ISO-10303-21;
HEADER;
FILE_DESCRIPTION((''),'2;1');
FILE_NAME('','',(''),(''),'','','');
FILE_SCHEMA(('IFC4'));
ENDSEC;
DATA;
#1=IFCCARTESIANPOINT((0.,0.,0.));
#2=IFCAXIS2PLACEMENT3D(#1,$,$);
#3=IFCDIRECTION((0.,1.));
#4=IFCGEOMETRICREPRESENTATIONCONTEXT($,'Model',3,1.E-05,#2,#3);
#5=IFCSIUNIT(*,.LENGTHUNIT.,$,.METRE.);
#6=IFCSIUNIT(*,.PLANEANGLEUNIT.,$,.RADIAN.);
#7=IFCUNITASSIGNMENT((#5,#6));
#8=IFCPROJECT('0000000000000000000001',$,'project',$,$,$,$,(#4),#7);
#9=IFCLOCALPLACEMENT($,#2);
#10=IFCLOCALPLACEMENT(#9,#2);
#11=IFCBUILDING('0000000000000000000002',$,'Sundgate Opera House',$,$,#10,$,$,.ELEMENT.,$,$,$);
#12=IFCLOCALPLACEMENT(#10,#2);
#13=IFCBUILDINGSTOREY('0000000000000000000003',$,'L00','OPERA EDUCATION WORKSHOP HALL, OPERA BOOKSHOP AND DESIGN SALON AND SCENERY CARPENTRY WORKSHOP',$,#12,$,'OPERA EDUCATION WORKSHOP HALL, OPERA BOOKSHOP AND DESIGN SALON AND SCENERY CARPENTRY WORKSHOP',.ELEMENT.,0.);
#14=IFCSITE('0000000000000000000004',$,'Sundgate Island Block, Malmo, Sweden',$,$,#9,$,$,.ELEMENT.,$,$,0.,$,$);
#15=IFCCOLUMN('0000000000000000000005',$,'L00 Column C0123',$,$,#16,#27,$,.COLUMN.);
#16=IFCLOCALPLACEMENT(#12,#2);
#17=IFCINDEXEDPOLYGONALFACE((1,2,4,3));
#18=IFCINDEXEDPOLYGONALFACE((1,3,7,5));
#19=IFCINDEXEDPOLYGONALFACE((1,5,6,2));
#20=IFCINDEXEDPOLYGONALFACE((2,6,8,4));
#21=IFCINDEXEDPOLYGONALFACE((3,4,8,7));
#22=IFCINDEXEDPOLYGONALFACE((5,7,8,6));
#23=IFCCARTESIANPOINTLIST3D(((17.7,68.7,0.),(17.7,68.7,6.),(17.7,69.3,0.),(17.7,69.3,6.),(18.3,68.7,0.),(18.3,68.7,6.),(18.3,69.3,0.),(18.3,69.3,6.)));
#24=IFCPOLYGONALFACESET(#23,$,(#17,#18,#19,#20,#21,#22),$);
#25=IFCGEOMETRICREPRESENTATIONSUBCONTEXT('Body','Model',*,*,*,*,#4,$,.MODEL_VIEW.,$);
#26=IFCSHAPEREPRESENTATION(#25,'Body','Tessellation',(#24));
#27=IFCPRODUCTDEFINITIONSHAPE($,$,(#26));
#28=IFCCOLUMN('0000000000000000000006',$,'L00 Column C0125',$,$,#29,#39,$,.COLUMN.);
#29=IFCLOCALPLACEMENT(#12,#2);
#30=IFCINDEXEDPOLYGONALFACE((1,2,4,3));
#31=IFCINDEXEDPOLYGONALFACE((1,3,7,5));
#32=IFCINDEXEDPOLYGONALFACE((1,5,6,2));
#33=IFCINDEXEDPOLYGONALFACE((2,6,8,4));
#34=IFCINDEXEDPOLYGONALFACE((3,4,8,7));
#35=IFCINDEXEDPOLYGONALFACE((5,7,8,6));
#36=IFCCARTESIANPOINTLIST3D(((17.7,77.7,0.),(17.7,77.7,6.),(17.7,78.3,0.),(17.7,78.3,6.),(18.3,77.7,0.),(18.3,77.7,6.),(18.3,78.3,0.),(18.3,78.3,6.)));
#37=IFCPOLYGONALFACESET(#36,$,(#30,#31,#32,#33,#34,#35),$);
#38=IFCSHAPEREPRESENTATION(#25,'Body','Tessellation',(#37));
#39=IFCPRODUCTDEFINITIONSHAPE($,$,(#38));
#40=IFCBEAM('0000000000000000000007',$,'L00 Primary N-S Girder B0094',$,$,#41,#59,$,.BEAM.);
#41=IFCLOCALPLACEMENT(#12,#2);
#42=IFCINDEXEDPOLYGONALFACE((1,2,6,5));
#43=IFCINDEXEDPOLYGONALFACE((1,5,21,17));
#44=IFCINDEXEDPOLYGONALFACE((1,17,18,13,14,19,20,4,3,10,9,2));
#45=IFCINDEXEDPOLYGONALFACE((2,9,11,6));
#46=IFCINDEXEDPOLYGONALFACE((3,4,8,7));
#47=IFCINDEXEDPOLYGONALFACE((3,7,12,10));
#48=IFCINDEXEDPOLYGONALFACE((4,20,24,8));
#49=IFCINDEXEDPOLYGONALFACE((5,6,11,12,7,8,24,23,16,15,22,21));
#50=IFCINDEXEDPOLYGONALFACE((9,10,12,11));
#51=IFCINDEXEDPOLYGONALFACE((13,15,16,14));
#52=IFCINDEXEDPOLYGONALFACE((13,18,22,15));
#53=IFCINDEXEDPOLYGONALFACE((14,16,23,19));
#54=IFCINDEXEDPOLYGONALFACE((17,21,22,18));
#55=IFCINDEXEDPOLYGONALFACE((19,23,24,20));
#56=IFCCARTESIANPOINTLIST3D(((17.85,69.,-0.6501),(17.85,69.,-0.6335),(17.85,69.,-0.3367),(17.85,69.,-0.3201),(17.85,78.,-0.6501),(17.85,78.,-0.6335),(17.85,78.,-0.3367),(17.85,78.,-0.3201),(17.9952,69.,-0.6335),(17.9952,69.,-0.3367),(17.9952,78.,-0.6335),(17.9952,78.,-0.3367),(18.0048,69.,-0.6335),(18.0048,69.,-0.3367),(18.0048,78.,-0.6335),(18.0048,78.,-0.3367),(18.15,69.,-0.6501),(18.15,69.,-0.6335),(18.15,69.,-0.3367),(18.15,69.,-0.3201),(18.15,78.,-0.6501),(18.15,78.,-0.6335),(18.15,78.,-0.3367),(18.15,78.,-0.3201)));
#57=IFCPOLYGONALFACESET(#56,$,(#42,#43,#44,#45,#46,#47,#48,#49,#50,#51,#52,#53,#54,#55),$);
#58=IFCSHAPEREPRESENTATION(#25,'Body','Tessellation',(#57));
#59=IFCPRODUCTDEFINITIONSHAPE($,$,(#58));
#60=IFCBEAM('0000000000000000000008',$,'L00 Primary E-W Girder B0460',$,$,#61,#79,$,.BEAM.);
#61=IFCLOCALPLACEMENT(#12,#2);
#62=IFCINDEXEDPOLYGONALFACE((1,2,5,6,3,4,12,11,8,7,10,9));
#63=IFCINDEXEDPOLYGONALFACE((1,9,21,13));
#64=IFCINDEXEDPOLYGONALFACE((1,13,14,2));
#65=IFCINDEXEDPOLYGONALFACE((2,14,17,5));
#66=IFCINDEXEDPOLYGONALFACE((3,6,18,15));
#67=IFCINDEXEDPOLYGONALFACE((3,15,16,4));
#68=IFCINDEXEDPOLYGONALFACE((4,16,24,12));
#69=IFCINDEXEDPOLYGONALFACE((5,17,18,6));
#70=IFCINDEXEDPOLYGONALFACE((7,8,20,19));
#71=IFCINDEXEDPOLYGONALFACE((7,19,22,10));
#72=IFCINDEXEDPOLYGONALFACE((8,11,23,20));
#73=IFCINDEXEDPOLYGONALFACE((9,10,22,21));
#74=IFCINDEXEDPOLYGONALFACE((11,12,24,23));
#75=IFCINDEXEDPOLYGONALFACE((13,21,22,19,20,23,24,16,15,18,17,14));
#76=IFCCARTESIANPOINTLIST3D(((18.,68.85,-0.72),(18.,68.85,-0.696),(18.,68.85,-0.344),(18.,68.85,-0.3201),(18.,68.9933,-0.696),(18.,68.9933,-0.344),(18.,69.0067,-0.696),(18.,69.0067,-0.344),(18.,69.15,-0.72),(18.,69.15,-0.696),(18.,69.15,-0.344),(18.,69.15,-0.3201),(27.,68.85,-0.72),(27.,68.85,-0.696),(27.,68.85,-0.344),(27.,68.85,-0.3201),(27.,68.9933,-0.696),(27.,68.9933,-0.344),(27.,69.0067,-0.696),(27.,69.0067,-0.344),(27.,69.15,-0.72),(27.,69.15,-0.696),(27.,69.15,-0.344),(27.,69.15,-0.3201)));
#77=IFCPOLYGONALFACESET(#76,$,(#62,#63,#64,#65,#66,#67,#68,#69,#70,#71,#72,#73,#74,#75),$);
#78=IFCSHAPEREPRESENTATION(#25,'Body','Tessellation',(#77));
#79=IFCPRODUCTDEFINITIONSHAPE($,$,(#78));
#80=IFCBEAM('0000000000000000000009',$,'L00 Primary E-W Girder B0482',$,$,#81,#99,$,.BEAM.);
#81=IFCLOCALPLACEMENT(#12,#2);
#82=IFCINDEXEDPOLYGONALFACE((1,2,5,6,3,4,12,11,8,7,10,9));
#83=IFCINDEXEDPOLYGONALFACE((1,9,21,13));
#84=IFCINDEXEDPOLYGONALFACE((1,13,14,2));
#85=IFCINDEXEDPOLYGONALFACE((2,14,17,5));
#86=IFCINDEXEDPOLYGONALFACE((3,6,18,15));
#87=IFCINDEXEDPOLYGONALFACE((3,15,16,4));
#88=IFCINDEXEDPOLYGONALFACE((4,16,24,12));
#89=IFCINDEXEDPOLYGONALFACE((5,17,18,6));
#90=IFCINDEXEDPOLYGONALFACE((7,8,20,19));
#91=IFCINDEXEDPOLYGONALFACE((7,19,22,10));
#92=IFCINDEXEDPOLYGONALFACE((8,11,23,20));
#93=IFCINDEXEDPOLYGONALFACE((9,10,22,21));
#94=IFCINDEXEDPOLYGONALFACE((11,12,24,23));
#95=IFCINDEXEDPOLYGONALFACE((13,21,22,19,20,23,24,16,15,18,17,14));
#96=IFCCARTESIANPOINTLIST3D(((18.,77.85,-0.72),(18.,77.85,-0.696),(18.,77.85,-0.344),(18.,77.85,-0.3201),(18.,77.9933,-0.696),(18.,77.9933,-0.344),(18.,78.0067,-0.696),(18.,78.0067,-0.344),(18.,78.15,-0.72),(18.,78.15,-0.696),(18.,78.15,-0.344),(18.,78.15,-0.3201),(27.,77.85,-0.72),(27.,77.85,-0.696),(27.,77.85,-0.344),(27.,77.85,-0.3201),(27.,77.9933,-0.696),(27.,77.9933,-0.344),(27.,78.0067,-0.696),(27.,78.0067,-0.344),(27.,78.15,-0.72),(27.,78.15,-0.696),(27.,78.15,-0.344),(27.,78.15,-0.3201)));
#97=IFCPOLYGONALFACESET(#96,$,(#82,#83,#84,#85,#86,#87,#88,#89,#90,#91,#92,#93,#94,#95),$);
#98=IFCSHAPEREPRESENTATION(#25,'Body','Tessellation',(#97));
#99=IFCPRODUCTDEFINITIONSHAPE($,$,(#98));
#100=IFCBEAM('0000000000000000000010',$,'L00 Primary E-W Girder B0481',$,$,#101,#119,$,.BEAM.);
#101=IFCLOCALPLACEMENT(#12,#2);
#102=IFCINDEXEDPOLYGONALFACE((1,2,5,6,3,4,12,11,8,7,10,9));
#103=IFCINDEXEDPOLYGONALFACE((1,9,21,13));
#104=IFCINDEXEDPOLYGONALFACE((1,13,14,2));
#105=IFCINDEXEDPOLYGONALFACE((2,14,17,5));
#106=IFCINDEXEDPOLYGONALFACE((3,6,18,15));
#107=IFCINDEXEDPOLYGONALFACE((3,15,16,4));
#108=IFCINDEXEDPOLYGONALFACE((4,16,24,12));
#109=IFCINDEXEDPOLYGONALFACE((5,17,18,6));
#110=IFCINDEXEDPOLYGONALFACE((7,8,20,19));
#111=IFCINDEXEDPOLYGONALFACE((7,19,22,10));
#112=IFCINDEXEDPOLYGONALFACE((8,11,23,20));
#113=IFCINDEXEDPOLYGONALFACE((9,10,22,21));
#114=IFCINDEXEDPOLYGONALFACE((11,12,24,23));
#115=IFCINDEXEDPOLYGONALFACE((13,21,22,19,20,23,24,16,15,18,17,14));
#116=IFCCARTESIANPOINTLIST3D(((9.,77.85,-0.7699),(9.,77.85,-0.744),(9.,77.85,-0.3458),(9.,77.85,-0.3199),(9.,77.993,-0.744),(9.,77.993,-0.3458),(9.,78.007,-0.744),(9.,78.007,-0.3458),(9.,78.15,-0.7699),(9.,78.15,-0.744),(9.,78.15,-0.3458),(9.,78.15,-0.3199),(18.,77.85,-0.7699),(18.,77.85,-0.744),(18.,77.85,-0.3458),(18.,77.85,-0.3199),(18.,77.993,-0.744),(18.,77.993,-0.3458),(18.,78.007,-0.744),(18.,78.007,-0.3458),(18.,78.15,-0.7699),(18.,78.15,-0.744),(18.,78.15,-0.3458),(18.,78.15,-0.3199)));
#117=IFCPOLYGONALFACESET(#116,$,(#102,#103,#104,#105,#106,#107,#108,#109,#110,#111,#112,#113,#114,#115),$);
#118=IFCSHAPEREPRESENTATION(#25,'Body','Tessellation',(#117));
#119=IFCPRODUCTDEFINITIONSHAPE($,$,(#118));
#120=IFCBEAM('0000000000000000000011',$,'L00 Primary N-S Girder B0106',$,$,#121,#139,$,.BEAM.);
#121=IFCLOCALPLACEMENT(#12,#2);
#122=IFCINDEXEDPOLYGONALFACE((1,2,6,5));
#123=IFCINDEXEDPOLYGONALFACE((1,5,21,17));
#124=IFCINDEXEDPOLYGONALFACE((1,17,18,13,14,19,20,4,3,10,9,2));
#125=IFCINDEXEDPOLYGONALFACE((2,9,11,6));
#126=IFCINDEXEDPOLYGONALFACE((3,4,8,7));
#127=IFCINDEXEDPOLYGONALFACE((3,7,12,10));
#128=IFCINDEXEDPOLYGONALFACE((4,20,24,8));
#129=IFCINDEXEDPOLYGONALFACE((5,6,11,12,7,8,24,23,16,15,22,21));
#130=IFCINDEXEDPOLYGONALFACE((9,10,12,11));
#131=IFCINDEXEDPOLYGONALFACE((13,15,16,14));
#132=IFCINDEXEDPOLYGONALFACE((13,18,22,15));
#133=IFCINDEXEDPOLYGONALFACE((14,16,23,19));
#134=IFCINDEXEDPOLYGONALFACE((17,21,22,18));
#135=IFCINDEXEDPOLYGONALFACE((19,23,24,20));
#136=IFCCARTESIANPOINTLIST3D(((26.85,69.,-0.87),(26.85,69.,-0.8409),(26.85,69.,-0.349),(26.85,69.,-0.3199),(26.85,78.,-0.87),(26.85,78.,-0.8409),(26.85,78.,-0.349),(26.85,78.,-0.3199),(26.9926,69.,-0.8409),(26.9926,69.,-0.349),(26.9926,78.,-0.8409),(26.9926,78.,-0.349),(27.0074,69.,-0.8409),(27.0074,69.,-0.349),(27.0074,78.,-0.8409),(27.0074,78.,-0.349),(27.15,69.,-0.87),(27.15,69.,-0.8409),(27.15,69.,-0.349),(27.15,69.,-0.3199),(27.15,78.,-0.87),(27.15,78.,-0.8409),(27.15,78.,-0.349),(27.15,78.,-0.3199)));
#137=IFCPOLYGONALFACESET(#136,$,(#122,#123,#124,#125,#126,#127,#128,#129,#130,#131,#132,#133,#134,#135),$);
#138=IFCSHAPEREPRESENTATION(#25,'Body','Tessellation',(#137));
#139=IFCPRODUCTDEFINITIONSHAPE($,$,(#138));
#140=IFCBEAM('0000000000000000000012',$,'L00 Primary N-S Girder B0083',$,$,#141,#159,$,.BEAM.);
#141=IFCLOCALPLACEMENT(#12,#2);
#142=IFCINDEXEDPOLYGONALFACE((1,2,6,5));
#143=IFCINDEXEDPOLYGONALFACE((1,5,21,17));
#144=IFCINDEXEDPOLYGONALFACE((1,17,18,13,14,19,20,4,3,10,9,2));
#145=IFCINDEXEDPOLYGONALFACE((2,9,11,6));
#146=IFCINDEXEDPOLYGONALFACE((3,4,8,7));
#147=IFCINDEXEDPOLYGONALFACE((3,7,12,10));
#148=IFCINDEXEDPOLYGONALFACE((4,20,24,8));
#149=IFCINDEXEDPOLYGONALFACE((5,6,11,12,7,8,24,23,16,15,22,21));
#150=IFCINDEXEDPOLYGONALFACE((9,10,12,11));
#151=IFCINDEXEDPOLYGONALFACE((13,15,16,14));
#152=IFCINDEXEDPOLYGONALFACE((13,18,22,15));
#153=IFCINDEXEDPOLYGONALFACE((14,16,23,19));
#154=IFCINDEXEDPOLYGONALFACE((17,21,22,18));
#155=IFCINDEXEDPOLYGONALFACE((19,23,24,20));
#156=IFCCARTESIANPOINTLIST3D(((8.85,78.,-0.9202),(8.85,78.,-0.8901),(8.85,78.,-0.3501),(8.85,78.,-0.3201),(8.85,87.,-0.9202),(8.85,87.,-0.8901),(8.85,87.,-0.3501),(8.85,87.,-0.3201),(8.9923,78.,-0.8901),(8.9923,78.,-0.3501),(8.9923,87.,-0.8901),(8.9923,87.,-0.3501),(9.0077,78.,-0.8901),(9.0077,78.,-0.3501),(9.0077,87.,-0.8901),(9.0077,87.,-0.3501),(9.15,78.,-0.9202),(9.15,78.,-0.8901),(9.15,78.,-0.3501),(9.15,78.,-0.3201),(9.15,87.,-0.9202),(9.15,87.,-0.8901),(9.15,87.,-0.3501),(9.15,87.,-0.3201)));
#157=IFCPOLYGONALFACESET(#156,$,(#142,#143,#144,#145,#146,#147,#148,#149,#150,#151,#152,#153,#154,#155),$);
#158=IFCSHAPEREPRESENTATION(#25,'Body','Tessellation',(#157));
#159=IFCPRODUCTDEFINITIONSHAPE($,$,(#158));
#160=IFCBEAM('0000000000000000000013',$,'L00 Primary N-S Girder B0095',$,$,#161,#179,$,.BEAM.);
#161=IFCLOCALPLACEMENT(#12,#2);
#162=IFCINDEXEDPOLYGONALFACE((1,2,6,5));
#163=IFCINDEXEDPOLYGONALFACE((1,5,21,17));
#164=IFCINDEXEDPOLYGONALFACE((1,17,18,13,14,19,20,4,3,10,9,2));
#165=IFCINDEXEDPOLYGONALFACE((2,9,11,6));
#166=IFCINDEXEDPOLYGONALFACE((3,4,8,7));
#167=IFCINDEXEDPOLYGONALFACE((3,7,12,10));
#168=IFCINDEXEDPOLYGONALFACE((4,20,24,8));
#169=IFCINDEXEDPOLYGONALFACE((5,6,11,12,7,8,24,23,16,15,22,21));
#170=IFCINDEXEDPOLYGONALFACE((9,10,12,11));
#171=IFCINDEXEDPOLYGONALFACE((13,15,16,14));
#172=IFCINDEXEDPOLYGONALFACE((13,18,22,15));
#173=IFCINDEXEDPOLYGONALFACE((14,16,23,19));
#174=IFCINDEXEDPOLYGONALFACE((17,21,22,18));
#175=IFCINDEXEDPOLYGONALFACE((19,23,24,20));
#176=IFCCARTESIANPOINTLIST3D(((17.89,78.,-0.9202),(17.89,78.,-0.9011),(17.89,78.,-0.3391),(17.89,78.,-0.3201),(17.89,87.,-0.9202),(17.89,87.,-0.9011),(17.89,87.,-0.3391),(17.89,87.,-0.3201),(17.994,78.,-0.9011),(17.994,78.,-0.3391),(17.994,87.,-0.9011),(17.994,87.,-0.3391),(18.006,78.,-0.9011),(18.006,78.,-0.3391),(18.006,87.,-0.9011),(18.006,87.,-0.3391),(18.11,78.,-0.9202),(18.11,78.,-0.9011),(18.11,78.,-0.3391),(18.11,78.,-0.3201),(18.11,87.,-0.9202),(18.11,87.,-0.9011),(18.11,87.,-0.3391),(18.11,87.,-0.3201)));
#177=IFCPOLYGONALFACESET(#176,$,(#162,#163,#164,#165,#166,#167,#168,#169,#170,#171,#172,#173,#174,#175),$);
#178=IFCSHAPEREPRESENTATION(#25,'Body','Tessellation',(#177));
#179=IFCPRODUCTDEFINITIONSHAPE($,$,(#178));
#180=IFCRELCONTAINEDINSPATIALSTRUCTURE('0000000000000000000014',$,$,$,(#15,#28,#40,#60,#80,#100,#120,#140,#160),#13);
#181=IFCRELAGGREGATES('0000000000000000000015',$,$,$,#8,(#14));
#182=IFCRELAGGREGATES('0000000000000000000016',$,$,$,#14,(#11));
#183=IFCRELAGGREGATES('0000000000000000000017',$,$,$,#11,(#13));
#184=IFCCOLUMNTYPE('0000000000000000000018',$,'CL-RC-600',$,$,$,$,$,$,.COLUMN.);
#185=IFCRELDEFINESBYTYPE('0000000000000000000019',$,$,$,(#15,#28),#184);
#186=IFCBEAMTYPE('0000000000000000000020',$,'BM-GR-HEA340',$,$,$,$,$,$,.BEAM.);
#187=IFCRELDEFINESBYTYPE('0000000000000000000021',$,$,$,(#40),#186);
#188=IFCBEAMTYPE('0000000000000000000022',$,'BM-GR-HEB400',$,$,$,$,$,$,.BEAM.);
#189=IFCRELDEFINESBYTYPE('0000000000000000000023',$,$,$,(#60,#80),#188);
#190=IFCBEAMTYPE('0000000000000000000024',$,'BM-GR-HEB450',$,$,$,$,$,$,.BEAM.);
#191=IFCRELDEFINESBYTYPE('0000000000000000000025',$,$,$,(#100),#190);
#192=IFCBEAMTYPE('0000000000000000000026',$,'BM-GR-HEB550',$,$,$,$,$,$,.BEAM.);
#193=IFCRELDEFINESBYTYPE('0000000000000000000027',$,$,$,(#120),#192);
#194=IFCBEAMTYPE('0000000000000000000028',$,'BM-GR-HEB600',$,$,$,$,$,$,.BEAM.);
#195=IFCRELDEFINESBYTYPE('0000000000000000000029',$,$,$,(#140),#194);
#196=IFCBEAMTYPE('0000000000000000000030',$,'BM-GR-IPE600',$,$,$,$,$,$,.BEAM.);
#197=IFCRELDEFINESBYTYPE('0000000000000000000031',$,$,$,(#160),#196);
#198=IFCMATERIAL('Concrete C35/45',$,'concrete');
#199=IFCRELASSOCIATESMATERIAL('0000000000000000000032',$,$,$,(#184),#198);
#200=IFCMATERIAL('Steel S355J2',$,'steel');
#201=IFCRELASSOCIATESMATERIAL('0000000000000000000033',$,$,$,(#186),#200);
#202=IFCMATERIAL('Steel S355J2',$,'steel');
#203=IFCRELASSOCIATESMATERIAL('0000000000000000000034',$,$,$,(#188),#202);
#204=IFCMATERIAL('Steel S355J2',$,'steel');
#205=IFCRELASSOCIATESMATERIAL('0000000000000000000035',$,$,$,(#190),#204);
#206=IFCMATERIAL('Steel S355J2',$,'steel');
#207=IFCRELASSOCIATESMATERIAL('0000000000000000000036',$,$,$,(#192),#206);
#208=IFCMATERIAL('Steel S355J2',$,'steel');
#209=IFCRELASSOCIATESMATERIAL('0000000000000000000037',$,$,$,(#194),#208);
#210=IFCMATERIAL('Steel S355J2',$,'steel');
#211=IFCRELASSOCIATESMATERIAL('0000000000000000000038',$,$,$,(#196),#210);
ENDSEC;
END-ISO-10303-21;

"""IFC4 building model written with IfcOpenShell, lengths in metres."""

from ifc_helpers import new_model, si_unit, direction, frame, origin, origin_2d, place, context, subcontext, project, spatial, rectangle, i_section, extrude, material, material_profile, profile_set, type_object, element, save


model = new_model("IFC4")

# Units and contexts
model_context = context("Model", 3, precision=1e-05, world=origin(), true_north=direction((0.0, 1.0)))
body_context = subcontext(model_context, "Body", "Model", "MODEL_VIEW")
ifc_project = project(units=[si_unit("LENGTHUNIT", "METRE"), si_unit("PLANEANGLEUNIT", "RADIAN")], contexts=[model_context])

# Site, building, storey
site_placement = place(None, origin())
site = spatial("IfcSite", under=ifc_project, at=site_placement, Name="Sundgate Island Block, Malmo, Sweden", CompositionType="ELEMENT", RefElevation=0.0)
building_placement = place(site_placement, origin())
building = spatial("IfcBuilding", under=site, at=building_placement, Name="Sundgate Opera House", CompositionType="ELEMENT")
storey_placement = place(building_placement, origin())
storey = spatial("IfcBuildingStorey", under=building, at=storey_placement, Name="L00", Description="OPERA EDUCATION WORKSHOP HALL, OPERA BOOKSHOP AND DESIGN SALON AND SCENERY CARPENTRY WORKSHOP", LongName="OPERA EDUCATION WORKSHOP HALL, OPERA BOOKSHOP AND DESIGN SALON AND SCENERY CARPENTRY WORKSHOP", CompositionType="ELEMENT", Elevation=0.0)

# Columns
ifc_material_1 = material(Name="Concrete C35/45", Category="concrete")
ifc_material_profile_1 = material_profile(ifc_material_1, rectangle(XDim=0.6001, YDim=0.6001, at=origin_2d()), Name="RC 600x600")
ifc_profile_set_1 = profile_set([ifc_material_profile_1], Name="Concrete C35/45")
column_type = type_object("IfcColumnType", Name="CL-RC-600", PredefinedType="COLUMN", material=ifc_profile_set_1)
for number, where, z_axis, x_axis, name in (
    (1, (18.0, 69.0, 0.0), (0.0, 0.0, 1.0), (1.0, 0.0, 0.0), "L00 Column C0123"),
    (2, (18.0, 78.0, 0.0), (0.0, 0.0, 1.0), (1.0, 0.0, 0.0), "L00 Column C0125"),
):
    element("IfcColumn", number, at=place(storey_placement, frame(where, z_axis=z_axis, x_axis=x_axis)), inside=storey, type_object=column_type, Name=name, PredefinedType="COLUMN", context=body_context, shape_type="SweptSolid", body=[
        extrude(rectangle(XDim=0.6001, YDim=0.6001, at=origin_2d()), origin(), (0.0, 0.0, 1.0), 6.0),
    ])

# Beams
ifc_material_2 = material(Name="Steel S355J2", Category="steel")
ifc_material_profile_2 = material_profile(ifc_material_2, i_section(OverallWidth=0.3, OverallDepth=0.3301, WebThickness=0.0095, FlangeThickness=0.0166, at=origin_2d()), Name="HEA 340")
ifc_profile_set_2 = profile_set([ifc_material_profile_2], Name="Steel S355J2")
beam_type_1 = type_object("IfcBeamType", Name="BM-GR-HEA340", PredefinedType="BEAM", material=ifc_profile_set_2)
beam_1_placement = place(storey_placement, frame((18.0, 69.0, -0.4851), z_axis=(0.0, 1.0, 0.0), x_axis=(-1.0, 0.0, 0.0)))
element("IfcBeam", 3, at=beam_1_placement, inside=storey, type_object=beam_type_1, Name="L00 Primary N-S Girder B0094", PredefinedType="BEAM", context=body_context, shape_type="SweptSolid", body=[
    extrude(i_section(OverallWidth=0.3, OverallDepth=0.3301, WebThickness=0.0095, FlangeThickness=0.0166, at=origin_2d()), origin(), (0.0, 0.0, 1.0), 9.0),
])
ifc_material_3 = material(Name="Steel S355J2", Category="steel")
ifc_material_profile_3 = material_profile(ifc_material_3, i_section(OverallWidth=0.3, OverallDepth=0.3999, WebThickness=0.0134, FlangeThickness=0.0239, at=origin_2d()), Name="HEB 400")
ifc_profile_set_3 = profile_set([ifc_material_profile_3], Name="Steel S355J2")
beam_type_2 = type_object("IfcBeamType", Name="BM-GR-HEB400", PredefinedType="BEAM", material=ifc_profile_set_3)
for number, where, z_axis, x_axis, name in (
    (4, (18.0, 69.0, -0.52), (1.0, 0.0, 0.0), (0.0, 1.0, 0.0), "L00 Primary E-W Girder B0460"),
    (5, (18.0, 78.0, -0.52), (1.0, 0.0, 0.0), (0.0, 1.0, 0.0), "L00 Primary E-W Girder B0482"),
):
    element("IfcBeam", number, at=place(storey_placement, frame(where, z_axis=z_axis, x_axis=x_axis)), inside=storey, type_object=beam_type_2, Name=name, PredefinedType="BEAM", context=body_context, shape_type="SweptSolid", body=[
        extrude(i_section(OverallWidth=0.3, OverallDepth=0.3999, WebThickness=0.0134, FlangeThickness=0.0239, at=origin_2d()), origin(), (0.0, 0.0, 1.0), 9.0),
    ])
ifc_material_4 = material(Name="Steel S355J2", Category="steel")
ifc_material_profile_4 = material_profile(ifc_material_4, i_section(OverallWidth=0.3, OverallDepth=0.45, WebThickness=0.0139, FlangeThickness=0.0259, at=origin_2d()), Name="HEB 450")
ifc_profile_set_4 = profile_set([ifc_material_profile_4], Name="Steel S355J2")
beam_type_3 = type_object("IfcBeamType", Name="BM-GR-HEB450", PredefinedType="BEAM", material=ifc_profile_set_4)
beam_2_placement = place(storey_placement, frame((9.0, 78.0, -0.5449), z_axis=(1.0, 0.0, 0.0), x_axis=(0.0, 1.0, 0.0)))
element("IfcBeam", 6, at=beam_2_placement, inside=storey, type_object=beam_type_3, Name="L00 Primary E-W Girder B0481", PredefinedType="BEAM", context=body_context, shape_type="SweptSolid", body=[
    extrude(i_section(OverallWidth=0.3, OverallDepth=0.45, WebThickness=0.0139, FlangeThickness=0.0259, at=origin_2d()), origin(), (0.0, 0.0, 1.0), 9.0),
])
ifc_material_5 = material(Name="Steel S355J2", Category="steel")
ifc_material_profile_5 = material_profile(ifc_material_5, i_section(OverallWidth=0.3, OverallDepth=0.55, WebThickness=0.0149, FlangeThickness=0.0291, at=origin_2d()), Name="HEB 550")
ifc_profile_set_5 = profile_set([ifc_material_profile_5], Name="Steel S355J2")
beam_type_4 = type_object("IfcBeamType", Name="BM-GR-HEB550", PredefinedType="BEAM", material=ifc_profile_set_5)
beam_3_placement = place(storey_placement, frame((27.0, 69.0, -0.595), z_axis=(0.0, 1.0, 0.0), x_axis=(-1.0, 0.0, 0.0)))
element("IfcBeam", 7, at=beam_3_placement, inside=storey, type_object=beam_type_4, Name="L00 Primary N-S Girder B0106", PredefinedType="BEAM", context=body_context, shape_type="SweptSolid", body=[
    extrude(i_section(OverallWidth=0.3, OverallDepth=0.55, WebThickness=0.0149, FlangeThickness=0.0291, at=origin_2d()), origin(), (0.0, 0.0, 1.0), 9.0),
])
ifc_material_6 = material(Name="Steel S355J2", Category="steel")
ifc_material_profile_6 = material_profile(ifc_material_6, i_section(OverallWidth=0.3, OverallDepth=0.6001, WebThickness=0.0154, FlangeThickness=0.03, at=origin_2d()), Name="HEB 600")
ifc_profile_set_6 = profile_set([ifc_material_profile_6], Name="Steel S355J2")
beam_type_5 = type_object("IfcBeamType", Name="BM-GR-HEB600", PredefinedType="BEAM", material=ifc_profile_set_6)
beam_4_placement = place(storey_placement, frame((9.0, 78.0, -0.6201), z_axis=(0.0, 1.0, 0.0), x_axis=(-1.0, 0.0, 0.0)))
element("IfcBeam", 8, at=beam_4_placement, inside=storey, type_object=beam_type_5, Name="L00 Primary N-S Girder B0083", PredefinedType="BEAM", context=body_context, shape_type="SweptSolid", body=[
    extrude(i_section(OverallWidth=0.3, OverallDepth=0.6001, WebThickness=0.0154, FlangeThickness=0.03, at=origin_2d()), origin(), (0.0, 0.0, 1.0), 9.0),
])
ifc_material_7 = material(Name="Steel S355J2", Category="steel")
ifc_material_profile_7 = material_profile(ifc_material_7, i_section(OverallWidth=0.22, OverallDepth=0.6001, WebThickness=0.012, FlangeThickness=0.019, at=origin_2d()), Name="IPE 600")
ifc_profile_set_7 = profile_set([ifc_material_profile_7], Name="Steel S355J2")
beam_type_6 = type_object("IfcBeamType", Name="BM-GR-IPE600", PredefinedType="BEAM", material=ifc_profile_set_7)
beam_5_placement = place(storey_placement, frame((18.0, 78.0, -0.6201), z_axis=(0.0, 1.0, 0.0), x_axis=(-1.0, 0.0, 0.0)))
element("IfcBeam", 9, at=beam_5_placement, inside=storey, type_object=beam_type_6, Name="L00 Primary N-S Girder B0095", PredefinedType="BEAM", context=body_context, shape_type="SweptSolid", body=[
    extrude(i_section(OverallWidth=0.22, OverallDepth=0.6001, WebThickness=0.012, FlangeThickness=0.019, at=origin_2d()), origin(), (0.0, 0.0, 1.0), 9.0),
])

save(model, "model.ifc")
